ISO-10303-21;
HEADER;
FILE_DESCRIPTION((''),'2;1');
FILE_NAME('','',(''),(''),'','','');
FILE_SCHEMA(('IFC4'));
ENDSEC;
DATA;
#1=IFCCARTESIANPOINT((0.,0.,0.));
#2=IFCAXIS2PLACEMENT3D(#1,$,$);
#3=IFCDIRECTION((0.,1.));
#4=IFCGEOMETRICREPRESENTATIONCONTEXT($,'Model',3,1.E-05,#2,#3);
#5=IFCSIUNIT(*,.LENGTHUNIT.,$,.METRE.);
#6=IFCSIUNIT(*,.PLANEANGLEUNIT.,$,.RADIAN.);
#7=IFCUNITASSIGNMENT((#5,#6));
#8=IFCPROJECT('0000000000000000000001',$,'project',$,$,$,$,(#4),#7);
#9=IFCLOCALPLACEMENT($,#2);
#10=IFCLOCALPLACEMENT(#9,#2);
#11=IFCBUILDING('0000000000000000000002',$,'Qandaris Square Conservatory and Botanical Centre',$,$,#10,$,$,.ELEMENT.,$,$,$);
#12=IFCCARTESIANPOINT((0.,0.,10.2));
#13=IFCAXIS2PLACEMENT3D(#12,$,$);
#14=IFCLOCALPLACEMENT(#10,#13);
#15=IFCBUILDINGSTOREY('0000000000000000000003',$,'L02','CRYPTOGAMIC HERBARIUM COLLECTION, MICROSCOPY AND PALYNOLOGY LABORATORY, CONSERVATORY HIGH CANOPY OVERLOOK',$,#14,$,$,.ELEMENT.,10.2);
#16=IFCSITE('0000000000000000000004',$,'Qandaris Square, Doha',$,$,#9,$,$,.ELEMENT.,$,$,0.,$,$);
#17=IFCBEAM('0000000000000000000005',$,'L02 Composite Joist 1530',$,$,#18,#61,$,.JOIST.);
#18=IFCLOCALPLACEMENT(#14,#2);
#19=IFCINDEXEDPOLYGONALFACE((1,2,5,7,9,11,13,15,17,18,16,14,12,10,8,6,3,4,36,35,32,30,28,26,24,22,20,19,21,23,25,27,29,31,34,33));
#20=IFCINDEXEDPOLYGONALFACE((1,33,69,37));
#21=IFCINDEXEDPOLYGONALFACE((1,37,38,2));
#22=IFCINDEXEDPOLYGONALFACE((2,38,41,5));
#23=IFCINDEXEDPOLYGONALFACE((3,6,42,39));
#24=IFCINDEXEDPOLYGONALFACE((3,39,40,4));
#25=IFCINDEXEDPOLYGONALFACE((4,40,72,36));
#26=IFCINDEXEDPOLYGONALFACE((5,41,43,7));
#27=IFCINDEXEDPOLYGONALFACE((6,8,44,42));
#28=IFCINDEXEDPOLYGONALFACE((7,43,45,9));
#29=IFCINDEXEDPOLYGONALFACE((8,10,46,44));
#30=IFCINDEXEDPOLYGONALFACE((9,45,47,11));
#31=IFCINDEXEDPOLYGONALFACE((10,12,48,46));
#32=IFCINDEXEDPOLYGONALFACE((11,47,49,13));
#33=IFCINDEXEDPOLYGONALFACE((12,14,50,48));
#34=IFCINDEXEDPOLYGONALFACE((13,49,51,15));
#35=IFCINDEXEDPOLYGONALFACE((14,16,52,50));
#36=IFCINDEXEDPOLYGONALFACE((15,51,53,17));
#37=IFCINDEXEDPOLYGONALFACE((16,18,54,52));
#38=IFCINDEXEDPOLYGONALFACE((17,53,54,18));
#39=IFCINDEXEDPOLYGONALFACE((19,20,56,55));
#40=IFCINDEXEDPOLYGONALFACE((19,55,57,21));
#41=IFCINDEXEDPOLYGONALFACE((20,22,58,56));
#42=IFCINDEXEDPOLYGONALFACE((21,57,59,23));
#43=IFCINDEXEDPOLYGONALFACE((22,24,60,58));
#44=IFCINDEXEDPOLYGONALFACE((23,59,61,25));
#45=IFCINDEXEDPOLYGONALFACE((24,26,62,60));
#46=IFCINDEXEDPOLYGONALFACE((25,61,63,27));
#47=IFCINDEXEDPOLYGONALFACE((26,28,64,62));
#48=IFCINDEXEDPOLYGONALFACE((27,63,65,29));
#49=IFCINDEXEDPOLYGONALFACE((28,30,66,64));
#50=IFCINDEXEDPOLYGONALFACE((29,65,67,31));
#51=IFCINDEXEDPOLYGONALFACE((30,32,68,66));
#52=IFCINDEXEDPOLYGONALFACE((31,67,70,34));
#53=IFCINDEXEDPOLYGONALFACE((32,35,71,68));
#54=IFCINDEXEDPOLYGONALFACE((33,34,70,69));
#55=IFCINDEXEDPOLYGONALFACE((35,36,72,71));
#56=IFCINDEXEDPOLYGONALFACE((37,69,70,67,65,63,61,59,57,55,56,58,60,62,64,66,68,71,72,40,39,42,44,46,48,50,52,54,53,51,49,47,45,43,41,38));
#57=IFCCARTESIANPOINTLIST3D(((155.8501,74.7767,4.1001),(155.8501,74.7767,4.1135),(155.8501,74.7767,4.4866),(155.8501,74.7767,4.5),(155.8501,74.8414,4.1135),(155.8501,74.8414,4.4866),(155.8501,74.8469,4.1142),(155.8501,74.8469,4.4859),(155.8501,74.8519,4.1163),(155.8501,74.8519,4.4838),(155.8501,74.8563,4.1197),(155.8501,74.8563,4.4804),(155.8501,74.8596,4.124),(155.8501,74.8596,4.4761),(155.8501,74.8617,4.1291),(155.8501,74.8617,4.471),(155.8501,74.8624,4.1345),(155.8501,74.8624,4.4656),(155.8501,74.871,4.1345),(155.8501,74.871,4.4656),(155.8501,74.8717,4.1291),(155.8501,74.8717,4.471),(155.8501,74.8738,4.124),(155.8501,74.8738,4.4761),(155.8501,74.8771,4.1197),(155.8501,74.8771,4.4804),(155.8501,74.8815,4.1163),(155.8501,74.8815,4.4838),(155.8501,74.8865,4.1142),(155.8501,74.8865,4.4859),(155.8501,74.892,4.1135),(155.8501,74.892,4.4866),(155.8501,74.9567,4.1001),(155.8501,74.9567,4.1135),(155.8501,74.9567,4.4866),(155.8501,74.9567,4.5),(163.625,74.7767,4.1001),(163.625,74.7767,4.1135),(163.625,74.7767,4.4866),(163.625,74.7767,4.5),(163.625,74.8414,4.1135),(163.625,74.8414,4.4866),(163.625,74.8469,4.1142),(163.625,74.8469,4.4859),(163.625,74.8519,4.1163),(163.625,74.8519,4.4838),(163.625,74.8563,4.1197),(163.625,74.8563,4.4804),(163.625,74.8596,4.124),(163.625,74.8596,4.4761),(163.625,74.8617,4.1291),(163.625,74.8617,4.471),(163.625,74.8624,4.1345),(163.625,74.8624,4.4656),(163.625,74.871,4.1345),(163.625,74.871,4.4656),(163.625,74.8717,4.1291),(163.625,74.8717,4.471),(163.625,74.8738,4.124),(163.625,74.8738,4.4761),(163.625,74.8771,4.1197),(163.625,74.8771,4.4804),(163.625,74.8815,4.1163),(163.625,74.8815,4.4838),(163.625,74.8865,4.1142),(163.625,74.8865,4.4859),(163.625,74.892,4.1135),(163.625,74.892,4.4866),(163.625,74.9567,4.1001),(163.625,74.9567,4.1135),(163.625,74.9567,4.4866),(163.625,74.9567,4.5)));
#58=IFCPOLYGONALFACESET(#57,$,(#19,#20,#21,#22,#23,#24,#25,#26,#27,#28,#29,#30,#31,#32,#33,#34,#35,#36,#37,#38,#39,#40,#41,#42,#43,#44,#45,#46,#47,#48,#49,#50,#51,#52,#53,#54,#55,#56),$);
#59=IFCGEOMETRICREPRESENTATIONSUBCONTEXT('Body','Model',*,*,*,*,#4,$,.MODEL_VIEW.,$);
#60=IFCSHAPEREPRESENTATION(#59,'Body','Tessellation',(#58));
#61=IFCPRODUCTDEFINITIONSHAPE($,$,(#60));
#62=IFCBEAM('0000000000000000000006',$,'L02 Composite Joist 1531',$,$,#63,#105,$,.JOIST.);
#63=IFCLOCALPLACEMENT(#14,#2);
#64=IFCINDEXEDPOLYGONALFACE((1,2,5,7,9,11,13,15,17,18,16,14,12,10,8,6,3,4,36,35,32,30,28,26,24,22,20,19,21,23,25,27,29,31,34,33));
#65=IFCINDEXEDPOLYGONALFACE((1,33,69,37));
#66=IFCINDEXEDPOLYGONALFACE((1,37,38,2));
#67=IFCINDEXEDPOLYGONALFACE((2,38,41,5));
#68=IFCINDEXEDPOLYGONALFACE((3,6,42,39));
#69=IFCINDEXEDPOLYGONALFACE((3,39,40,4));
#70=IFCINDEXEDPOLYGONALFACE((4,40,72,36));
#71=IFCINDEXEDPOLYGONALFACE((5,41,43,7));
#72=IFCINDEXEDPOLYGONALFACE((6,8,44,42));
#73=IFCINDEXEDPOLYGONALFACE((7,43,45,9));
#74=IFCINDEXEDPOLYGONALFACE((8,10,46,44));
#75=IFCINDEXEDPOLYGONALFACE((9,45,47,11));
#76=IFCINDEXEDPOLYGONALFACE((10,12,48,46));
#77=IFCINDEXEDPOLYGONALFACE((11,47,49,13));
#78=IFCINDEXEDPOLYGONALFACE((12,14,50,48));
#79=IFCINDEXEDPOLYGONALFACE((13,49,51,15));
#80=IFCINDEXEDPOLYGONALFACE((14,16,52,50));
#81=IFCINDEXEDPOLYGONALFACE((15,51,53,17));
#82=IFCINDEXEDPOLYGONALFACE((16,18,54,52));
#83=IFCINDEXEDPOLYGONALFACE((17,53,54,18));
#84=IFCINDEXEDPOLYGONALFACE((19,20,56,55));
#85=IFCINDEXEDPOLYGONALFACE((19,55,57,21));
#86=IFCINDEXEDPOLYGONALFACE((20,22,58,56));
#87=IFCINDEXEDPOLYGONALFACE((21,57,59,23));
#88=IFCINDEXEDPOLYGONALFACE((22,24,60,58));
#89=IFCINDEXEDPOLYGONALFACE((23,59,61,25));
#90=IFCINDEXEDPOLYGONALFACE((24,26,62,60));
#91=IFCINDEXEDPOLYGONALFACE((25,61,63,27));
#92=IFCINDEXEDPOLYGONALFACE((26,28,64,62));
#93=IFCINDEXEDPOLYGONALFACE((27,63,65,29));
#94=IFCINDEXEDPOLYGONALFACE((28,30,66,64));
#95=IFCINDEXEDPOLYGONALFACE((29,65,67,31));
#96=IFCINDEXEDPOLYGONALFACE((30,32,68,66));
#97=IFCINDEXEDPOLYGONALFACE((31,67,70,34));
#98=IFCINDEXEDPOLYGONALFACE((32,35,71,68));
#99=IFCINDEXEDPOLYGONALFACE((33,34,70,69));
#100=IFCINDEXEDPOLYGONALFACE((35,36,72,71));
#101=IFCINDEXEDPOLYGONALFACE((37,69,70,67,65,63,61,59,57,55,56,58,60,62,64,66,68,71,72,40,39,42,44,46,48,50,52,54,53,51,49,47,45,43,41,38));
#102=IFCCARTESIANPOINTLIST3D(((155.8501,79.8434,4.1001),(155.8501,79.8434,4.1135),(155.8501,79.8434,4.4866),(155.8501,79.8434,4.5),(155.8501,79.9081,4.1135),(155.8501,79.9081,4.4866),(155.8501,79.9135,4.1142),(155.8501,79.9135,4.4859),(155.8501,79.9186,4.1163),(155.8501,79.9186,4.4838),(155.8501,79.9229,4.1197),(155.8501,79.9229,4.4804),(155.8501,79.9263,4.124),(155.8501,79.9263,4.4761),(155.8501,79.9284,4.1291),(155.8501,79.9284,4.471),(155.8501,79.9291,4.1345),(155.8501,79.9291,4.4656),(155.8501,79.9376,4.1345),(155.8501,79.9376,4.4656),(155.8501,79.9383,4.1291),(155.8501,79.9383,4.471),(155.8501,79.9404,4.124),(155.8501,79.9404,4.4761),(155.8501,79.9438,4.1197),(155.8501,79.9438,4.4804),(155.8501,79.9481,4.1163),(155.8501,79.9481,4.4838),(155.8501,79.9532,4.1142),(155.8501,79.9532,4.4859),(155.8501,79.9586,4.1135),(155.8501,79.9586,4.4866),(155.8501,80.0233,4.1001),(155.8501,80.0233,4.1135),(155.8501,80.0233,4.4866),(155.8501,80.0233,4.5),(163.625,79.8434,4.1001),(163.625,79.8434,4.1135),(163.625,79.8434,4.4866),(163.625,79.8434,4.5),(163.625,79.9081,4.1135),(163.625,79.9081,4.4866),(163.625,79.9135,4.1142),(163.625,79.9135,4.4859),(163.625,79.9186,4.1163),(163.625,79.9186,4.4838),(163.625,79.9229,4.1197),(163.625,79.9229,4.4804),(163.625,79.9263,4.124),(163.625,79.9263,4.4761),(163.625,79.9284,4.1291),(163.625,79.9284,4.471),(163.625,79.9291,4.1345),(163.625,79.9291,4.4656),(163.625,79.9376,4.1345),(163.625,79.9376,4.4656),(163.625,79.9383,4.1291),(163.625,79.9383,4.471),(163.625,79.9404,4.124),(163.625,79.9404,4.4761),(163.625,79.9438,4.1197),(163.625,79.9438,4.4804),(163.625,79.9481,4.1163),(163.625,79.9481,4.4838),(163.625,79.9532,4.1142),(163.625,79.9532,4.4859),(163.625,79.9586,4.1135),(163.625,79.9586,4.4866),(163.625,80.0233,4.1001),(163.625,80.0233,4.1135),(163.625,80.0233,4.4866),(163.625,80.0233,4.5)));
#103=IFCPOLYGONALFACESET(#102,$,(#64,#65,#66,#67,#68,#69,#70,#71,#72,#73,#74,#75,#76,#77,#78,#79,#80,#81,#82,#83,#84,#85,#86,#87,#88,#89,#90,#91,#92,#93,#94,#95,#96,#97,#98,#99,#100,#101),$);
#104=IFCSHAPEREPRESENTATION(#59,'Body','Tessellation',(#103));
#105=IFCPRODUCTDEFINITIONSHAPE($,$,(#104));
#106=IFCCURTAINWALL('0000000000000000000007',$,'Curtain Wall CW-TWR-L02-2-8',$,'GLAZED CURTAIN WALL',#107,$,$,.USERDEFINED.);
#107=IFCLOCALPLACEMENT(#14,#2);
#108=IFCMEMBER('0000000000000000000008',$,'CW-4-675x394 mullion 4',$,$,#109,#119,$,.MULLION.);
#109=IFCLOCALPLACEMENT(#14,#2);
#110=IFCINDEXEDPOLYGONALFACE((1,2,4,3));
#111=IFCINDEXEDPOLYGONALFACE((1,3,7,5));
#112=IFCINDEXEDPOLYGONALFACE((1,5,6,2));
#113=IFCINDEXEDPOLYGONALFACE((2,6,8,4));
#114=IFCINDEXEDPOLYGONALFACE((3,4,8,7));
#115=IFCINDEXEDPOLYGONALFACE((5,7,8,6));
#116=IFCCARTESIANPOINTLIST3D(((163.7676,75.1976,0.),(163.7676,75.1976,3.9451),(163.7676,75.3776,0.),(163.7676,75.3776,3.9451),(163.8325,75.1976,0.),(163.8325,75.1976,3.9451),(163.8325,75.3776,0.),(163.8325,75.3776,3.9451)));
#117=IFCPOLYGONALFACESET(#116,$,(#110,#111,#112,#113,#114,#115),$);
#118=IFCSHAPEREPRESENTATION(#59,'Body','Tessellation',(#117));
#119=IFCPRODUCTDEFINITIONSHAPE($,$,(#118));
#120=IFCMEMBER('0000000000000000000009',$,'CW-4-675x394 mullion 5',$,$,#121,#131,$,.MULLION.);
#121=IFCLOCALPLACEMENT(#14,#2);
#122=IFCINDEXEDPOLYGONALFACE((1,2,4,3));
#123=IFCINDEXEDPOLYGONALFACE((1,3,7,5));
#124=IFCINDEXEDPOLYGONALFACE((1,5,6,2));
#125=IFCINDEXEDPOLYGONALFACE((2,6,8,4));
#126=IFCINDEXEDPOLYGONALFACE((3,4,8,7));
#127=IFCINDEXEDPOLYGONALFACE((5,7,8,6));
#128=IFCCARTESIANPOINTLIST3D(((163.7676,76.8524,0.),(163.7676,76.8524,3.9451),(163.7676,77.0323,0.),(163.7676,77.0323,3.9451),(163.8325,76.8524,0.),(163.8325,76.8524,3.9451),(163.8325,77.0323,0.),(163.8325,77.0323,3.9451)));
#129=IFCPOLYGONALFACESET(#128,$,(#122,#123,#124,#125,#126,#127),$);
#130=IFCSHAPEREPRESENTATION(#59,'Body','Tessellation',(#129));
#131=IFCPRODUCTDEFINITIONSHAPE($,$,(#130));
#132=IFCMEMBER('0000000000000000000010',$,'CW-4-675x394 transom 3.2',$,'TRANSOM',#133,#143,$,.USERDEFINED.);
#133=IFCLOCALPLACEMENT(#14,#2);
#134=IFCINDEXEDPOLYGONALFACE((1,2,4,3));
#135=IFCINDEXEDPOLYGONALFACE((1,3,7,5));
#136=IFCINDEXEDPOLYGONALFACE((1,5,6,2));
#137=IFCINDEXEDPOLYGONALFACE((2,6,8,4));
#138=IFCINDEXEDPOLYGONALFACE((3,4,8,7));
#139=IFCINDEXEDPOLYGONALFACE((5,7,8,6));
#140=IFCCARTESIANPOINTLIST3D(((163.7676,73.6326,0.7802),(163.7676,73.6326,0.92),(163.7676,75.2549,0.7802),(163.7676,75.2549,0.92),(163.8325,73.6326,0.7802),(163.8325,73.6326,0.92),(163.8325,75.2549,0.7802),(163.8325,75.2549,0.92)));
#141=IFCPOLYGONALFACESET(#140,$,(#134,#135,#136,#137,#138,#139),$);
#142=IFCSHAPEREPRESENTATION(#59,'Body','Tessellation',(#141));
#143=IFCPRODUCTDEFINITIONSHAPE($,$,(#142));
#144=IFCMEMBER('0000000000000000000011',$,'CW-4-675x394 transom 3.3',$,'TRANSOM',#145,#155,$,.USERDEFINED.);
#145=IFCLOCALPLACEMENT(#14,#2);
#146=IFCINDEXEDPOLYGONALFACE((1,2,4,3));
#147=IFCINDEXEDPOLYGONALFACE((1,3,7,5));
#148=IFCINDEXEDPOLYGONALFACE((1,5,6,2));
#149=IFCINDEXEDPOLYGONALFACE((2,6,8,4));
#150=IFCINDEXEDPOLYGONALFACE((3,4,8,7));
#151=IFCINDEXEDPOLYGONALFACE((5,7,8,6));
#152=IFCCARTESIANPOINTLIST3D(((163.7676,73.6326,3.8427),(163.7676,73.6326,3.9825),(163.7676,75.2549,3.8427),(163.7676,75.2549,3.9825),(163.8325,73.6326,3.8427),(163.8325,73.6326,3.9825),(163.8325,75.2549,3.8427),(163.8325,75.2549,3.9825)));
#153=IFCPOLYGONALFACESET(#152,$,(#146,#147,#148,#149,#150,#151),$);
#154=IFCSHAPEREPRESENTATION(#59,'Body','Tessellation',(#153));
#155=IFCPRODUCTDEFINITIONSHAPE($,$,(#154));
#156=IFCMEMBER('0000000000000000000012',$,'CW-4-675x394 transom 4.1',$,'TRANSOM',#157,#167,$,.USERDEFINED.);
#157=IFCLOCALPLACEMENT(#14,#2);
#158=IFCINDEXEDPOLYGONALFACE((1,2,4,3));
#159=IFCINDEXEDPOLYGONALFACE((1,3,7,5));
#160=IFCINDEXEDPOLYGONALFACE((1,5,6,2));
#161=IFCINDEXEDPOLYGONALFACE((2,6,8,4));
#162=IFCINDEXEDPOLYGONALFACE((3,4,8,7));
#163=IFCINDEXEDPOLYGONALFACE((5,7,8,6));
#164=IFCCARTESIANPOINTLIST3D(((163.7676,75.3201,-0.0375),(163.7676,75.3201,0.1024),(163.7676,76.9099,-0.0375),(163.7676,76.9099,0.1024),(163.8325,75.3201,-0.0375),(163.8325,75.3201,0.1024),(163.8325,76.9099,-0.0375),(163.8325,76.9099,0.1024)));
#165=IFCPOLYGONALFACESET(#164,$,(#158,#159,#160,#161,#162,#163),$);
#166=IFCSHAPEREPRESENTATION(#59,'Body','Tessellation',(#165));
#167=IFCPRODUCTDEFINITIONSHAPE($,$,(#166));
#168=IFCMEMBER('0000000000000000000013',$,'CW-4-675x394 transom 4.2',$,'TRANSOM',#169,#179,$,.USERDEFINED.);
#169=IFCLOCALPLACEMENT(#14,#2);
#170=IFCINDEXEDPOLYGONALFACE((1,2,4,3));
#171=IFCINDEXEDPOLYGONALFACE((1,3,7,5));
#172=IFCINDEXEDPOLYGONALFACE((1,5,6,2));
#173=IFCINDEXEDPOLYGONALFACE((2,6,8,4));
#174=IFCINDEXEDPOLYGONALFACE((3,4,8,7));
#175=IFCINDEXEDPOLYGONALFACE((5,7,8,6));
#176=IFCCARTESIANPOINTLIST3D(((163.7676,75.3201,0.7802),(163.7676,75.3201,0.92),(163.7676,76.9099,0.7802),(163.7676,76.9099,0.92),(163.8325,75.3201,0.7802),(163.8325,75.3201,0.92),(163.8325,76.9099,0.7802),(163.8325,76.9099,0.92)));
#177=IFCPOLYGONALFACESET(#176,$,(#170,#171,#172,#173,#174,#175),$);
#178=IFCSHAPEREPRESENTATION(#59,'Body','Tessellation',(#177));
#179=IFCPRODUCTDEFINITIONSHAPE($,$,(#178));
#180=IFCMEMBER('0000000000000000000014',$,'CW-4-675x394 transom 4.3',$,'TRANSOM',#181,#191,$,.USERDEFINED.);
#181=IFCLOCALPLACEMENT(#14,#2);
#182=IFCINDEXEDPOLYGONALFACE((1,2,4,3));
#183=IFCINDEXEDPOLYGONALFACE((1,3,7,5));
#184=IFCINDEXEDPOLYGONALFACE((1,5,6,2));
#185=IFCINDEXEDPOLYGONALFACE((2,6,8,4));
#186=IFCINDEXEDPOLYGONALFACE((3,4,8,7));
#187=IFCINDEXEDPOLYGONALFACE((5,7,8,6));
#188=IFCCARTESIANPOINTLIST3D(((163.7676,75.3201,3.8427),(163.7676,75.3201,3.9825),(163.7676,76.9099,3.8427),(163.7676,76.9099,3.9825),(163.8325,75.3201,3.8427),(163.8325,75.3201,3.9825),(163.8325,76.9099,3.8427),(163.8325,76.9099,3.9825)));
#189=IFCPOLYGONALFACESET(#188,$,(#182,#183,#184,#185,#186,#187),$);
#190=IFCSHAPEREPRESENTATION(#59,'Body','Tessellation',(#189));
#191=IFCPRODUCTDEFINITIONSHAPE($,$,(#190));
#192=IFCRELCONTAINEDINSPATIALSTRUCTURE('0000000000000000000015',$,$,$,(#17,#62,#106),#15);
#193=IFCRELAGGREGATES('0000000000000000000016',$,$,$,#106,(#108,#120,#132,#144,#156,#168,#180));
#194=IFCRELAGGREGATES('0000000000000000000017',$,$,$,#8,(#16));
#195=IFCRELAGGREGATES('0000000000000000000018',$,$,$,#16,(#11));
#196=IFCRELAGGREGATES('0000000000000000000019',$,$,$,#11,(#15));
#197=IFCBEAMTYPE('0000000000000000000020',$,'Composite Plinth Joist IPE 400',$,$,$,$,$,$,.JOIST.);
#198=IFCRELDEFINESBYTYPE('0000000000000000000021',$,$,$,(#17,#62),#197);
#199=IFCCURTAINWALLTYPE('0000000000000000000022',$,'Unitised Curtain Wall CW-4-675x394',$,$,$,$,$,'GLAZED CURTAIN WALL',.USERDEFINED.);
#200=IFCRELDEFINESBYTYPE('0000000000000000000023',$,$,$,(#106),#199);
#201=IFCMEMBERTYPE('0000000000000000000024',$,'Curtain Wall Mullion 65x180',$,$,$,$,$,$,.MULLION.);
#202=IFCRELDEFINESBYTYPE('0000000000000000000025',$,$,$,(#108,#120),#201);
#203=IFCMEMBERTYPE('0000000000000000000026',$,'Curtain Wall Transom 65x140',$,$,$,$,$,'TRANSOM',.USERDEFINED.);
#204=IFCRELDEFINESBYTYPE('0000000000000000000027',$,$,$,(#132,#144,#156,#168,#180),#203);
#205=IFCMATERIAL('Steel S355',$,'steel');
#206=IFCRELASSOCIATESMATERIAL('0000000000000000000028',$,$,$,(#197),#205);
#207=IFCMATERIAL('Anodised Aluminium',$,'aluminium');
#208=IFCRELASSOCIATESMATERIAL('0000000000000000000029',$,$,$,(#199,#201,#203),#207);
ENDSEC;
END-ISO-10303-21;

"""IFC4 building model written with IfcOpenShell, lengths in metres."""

from ifc_helpers import new_model, si_unit, direction, frame, origin, origin_2d, place, context, subcontext, project, spatial, rectangle, i_section, extrude, material, material_profile, profile_set, type_object, element, aggregate, save


model = new_model("IFC4")

# Units and contexts
model_context = context("Model", 3, precision=1e-05, world=origin(), true_north=direction((0.0, 1.0)))
body_context = subcontext(model_context, "Body", "Model", "MODEL_VIEW")
ifc_project = project(units=[si_unit("LENGTHUNIT", "METRE"), si_unit("PLANEANGLEUNIT", "RADIAN")], contexts=[model_context])

# Site, building, storey
site_placement = place(None, origin())
site = spatial("IfcSite", under=ifc_project, at=site_placement, Name="Qandaris Square, Doha", CompositionType="ELEMENT", RefElevation=0.0)
building_placement = place(site_placement, origin())
building = spatial("IfcBuilding", under=site, at=building_placement, Name="Qandaris Square Conservatory and Botanical Centre", CompositionType="ELEMENT")
storey_placement = place(building_placement, frame((0.0, 0.0, 10.2)))
storey = spatial("IfcBuildingStorey", under=building, at=storey_placement, Name="L02", Description="CRYPTOGAMIC HERBARIUM COLLECTION, MICROSCOPY AND PALYNOLOGY LABORATORY, CONSERVATORY HIGH CANOPY OVERLOOK", CompositionType="ELEMENT", Elevation=10.2)

# Beams
ifc_material_1 = material(Name="Steel S355", Category="steel")
ifc_material_profile_1 = material_profile(ifc_material_1, i_section(OverallWidth=0.1799, OverallDepth=0.3999, WebThickness=0.0085, FlangeThickness=0.0134, FilletRadius=0.021, at=origin_2d()), Name="IPE 400")
ifc_profile_set_1 = profile_set([ifc_material_profile_1], Name="Steel S355")
beam_type_1 = type_object("IfcBeamType", Name="Composite Plinth Joist IPE 400", PredefinedType="JOIST", material=ifc_profile_set_1)
for number, where, z_axis, x_axis, name in (
    (1, (155.8501, 74.8667, 4.3), (1.0, 0.0, 0.0), (0.0, 1.0, 0.0), "L02 Composite Joist 1530"),
    (2, (155.8501, 79.9333, 4.3), (1.0, 0.0, 0.0), (0.0, 1.0, 0.0), "L02 Composite Joist 1531"),
):
    element("IfcBeam", number, at=place(storey_placement, frame(where, z_axis=z_axis, x_axis=x_axis)), inside=storey, type_object=beam_type_1, Name=name, PredefinedType="JOIST", context=body_context, shape_type="SweptSolid", body=[
        extrude(i_section(OverallWidth=0.1799, OverallDepth=0.3999, WebThickness=0.0085, FlangeThickness=0.0134, FilletRadius=0.021, at=origin_2d()), origin(), (0.0, 0.0, 1.0), 7.7749),
    ])

# Curtain wall, members
ifc_material_2 = material(Name="Anodised Aluminium", Category="aluminium")
curtain_wall_type = type_object("IfcCurtainWallType", Name="Unitised Curtain Wall CW-4-675x394", ElementType="GLAZED CURTAIN WALL", PredefinedType="USERDEFINED", material=ifc_material_2)
curtain_wall_placement = place(storey_placement, origin())
curtain_wall = element("IfcCurtainWall", 3, at=curtain_wall_placement, inside=storey, type_object=curtain_wall_type, Name="Curtain Wall CW-TWR-L02-2-8", ObjectType="GLAZED CURTAIN WALL", PredefinedType="USERDEFINED")
ifc_material_profile_2 = material_profile(ifc_material_2, rectangle(XDim=0.0649, YDim=0.1799, at=origin_2d()), Name="ALU-MUL 65x180")
ifc_profile_set_2 = profile_set([ifc_material_profile_2], Name="Anodised Aluminium")
member_type_1 = type_object("IfcMemberType", Name="Curtain Wall Mullion 65x180", PredefinedType="MULLION", material=ifc_profile_set_2)
member_1_placement = place(storey_placement, frame((163.8, 75.2876, 0.0), z_axis=(0.0, 0.0, 1.0), x_axis=(-1.0, 0.0, 0.0)))
member_1 = element("IfcMember", 4, at=member_1_placement, type_object=member_type_1, Name="CW-4-675x394 mullion 4", PredefinedType="MULLION", context=body_context, shape_type="SweptSolid", body=[
    extrude(rectangle(XDim=0.0649, YDim=0.1799, at=origin_2d()), origin(), (0.0, 0.0, 1.0), 3.9451),
])
member_2_placement = place(storey_placement, frame((163.8, 76.9424, 0.0), z_axis=(0.0, 0.0, 1.0), x_axis=(-1.0, 0.0, 0.0)))
member_2 = element("IfcMember", 5, at=member_2_placement, type_object=member_type_1, Name="CW-4-675x394 mullion 5", PredefinedType="MULLION", context=body_context, shape_type="SweptSolid", body=[
    extrude(rectangle(XDim=0.0649, YDim=0.1799, at=origin_2d()), origin(), (0.0, 0.0, 1.0), 3.9451),
])
ifc_material_profile_3 = material_profile(ifc_material_2, rectangle(XDim=0.0649, YDim=0.1399, at=origin_2d()), Name="ALU-TRN 65x140")
ifc_profile_set_3 = profile_set([ifc_material_profile_3], Name="Anodised Aluminium")
member_type_2 = type_object("IfcMemberType", Name="Curtain Wall Transom 65x140", ElementType="TRANSOM", PredefinedType="USERDEFINED", material=ifc_profile_set_3)
member_3_placement = place(storey_placement, frame((163.8, 73.6326, 0.8501), z_axis=(0.0, 1.0, 0.0), x_axis=(-1.0, 0.0, 0.0)))
member_3 = element("IfcMember", 6, at=member_3_placement, type_object=member_type_2, Name="CW-4-675x394 transom 3.2", ObjectType="TRANSOM", PredefinedType="USERDEFINED", context=body_context, shape_type="SweptSolid", body=[
    extrude(rectangle(XDim=0.0649, YDim=0.1399, at=origin_2d()), origin(), (0.0, 0.0, 1.0), 1.6223),
])
member_4_placement = place(storey_placement, frame((163.8, 73.6326, 3.9126), z_axis=(0.0, 1.0, 0.0), x_axis=(-1.0, 0.0, 0.0)))
member_4 = element("IfcMember", 7, at=member_4_placement, type_object=member_type_2, Name="CW-4-675x394 transom 3.3", ObjectType="TRANSOM", PredefinedType="USERDEFINED", context=body_context, shape_type="SweptSolid", body=[
    extrude(rectangle(XDim=0.0649, YDim=0.1399, at=origin_2d()), origin(), (0.0, 0.0, 1.0), 1.6223),
])
member_5_placement = place(storey_placement, frame((163.8, 75.3201, 0.0325), z_axis=(0.0, 1.0, 0.0), x_axis=(-1.0, 0.0, 0.0)))
member_5 = element("IfcMember", 8, at=member_5_placement, type_object=member_type_2, Name="CW-4-675x394 transom 4.1", ObjectType="TRANSOM", PredefinedType="USERDEFINED", context=body_context, shape_type="SweptSolid", body=[
    extrude(rectangle(XDim=0.0649, YDim=0.1399, at=origin_2d()), origin(), (0.0, 0.0, 1.0), 1.5898),
])
member_6_placement = place(storey_placement, frame((163.8, 75.3201, 0.8501), z_axis=(0.0, 1.0, 0.0), x_axis=(-1.0, 0.0, 0.0)))
member_6 = element("IfcMember", 9, at=member_6_placement, type_object=member_type_2, Name="CW-4-675x394 transom 4.2", ObjectType="TRANSOM", PredefinedType="USERDEFINED", context=body_context, shape_type="SweptSolid", body=[
    extrude(rectangle(XDim=0.0649, YDim=0.1399, at=origin_2d()), origin(), (0.0, 0.0, 1.0), 1.5898),
])
member_7_placement = place(storey_placement, frame((163.8, 75.3201, 3.9126), z_axis=(0.0, 1.0, 0.0), x_axis=(-1.0, 0.0, 0.0)))
member_7 = element("IfcMember", 10, at=member_7_placement, type_object=member_type_2, Name="CW-4-675x394 transom 4.3", ObjectType="TRANSOM", PredefinedType="USERDEFINED", context=body_context, shape_type="SweptSolid", body=[
    extrude(rectangle(XDim=0.0649, YDim=0.1399, at=origin_2d()), origin(), (0.0, 0.0, 1.0), 1.5898),
])

aggregate(curtain_wall, [member_1, member_2, member_3, member_4, member_5, member_6, member_7])

save(model, "model.ifc")
